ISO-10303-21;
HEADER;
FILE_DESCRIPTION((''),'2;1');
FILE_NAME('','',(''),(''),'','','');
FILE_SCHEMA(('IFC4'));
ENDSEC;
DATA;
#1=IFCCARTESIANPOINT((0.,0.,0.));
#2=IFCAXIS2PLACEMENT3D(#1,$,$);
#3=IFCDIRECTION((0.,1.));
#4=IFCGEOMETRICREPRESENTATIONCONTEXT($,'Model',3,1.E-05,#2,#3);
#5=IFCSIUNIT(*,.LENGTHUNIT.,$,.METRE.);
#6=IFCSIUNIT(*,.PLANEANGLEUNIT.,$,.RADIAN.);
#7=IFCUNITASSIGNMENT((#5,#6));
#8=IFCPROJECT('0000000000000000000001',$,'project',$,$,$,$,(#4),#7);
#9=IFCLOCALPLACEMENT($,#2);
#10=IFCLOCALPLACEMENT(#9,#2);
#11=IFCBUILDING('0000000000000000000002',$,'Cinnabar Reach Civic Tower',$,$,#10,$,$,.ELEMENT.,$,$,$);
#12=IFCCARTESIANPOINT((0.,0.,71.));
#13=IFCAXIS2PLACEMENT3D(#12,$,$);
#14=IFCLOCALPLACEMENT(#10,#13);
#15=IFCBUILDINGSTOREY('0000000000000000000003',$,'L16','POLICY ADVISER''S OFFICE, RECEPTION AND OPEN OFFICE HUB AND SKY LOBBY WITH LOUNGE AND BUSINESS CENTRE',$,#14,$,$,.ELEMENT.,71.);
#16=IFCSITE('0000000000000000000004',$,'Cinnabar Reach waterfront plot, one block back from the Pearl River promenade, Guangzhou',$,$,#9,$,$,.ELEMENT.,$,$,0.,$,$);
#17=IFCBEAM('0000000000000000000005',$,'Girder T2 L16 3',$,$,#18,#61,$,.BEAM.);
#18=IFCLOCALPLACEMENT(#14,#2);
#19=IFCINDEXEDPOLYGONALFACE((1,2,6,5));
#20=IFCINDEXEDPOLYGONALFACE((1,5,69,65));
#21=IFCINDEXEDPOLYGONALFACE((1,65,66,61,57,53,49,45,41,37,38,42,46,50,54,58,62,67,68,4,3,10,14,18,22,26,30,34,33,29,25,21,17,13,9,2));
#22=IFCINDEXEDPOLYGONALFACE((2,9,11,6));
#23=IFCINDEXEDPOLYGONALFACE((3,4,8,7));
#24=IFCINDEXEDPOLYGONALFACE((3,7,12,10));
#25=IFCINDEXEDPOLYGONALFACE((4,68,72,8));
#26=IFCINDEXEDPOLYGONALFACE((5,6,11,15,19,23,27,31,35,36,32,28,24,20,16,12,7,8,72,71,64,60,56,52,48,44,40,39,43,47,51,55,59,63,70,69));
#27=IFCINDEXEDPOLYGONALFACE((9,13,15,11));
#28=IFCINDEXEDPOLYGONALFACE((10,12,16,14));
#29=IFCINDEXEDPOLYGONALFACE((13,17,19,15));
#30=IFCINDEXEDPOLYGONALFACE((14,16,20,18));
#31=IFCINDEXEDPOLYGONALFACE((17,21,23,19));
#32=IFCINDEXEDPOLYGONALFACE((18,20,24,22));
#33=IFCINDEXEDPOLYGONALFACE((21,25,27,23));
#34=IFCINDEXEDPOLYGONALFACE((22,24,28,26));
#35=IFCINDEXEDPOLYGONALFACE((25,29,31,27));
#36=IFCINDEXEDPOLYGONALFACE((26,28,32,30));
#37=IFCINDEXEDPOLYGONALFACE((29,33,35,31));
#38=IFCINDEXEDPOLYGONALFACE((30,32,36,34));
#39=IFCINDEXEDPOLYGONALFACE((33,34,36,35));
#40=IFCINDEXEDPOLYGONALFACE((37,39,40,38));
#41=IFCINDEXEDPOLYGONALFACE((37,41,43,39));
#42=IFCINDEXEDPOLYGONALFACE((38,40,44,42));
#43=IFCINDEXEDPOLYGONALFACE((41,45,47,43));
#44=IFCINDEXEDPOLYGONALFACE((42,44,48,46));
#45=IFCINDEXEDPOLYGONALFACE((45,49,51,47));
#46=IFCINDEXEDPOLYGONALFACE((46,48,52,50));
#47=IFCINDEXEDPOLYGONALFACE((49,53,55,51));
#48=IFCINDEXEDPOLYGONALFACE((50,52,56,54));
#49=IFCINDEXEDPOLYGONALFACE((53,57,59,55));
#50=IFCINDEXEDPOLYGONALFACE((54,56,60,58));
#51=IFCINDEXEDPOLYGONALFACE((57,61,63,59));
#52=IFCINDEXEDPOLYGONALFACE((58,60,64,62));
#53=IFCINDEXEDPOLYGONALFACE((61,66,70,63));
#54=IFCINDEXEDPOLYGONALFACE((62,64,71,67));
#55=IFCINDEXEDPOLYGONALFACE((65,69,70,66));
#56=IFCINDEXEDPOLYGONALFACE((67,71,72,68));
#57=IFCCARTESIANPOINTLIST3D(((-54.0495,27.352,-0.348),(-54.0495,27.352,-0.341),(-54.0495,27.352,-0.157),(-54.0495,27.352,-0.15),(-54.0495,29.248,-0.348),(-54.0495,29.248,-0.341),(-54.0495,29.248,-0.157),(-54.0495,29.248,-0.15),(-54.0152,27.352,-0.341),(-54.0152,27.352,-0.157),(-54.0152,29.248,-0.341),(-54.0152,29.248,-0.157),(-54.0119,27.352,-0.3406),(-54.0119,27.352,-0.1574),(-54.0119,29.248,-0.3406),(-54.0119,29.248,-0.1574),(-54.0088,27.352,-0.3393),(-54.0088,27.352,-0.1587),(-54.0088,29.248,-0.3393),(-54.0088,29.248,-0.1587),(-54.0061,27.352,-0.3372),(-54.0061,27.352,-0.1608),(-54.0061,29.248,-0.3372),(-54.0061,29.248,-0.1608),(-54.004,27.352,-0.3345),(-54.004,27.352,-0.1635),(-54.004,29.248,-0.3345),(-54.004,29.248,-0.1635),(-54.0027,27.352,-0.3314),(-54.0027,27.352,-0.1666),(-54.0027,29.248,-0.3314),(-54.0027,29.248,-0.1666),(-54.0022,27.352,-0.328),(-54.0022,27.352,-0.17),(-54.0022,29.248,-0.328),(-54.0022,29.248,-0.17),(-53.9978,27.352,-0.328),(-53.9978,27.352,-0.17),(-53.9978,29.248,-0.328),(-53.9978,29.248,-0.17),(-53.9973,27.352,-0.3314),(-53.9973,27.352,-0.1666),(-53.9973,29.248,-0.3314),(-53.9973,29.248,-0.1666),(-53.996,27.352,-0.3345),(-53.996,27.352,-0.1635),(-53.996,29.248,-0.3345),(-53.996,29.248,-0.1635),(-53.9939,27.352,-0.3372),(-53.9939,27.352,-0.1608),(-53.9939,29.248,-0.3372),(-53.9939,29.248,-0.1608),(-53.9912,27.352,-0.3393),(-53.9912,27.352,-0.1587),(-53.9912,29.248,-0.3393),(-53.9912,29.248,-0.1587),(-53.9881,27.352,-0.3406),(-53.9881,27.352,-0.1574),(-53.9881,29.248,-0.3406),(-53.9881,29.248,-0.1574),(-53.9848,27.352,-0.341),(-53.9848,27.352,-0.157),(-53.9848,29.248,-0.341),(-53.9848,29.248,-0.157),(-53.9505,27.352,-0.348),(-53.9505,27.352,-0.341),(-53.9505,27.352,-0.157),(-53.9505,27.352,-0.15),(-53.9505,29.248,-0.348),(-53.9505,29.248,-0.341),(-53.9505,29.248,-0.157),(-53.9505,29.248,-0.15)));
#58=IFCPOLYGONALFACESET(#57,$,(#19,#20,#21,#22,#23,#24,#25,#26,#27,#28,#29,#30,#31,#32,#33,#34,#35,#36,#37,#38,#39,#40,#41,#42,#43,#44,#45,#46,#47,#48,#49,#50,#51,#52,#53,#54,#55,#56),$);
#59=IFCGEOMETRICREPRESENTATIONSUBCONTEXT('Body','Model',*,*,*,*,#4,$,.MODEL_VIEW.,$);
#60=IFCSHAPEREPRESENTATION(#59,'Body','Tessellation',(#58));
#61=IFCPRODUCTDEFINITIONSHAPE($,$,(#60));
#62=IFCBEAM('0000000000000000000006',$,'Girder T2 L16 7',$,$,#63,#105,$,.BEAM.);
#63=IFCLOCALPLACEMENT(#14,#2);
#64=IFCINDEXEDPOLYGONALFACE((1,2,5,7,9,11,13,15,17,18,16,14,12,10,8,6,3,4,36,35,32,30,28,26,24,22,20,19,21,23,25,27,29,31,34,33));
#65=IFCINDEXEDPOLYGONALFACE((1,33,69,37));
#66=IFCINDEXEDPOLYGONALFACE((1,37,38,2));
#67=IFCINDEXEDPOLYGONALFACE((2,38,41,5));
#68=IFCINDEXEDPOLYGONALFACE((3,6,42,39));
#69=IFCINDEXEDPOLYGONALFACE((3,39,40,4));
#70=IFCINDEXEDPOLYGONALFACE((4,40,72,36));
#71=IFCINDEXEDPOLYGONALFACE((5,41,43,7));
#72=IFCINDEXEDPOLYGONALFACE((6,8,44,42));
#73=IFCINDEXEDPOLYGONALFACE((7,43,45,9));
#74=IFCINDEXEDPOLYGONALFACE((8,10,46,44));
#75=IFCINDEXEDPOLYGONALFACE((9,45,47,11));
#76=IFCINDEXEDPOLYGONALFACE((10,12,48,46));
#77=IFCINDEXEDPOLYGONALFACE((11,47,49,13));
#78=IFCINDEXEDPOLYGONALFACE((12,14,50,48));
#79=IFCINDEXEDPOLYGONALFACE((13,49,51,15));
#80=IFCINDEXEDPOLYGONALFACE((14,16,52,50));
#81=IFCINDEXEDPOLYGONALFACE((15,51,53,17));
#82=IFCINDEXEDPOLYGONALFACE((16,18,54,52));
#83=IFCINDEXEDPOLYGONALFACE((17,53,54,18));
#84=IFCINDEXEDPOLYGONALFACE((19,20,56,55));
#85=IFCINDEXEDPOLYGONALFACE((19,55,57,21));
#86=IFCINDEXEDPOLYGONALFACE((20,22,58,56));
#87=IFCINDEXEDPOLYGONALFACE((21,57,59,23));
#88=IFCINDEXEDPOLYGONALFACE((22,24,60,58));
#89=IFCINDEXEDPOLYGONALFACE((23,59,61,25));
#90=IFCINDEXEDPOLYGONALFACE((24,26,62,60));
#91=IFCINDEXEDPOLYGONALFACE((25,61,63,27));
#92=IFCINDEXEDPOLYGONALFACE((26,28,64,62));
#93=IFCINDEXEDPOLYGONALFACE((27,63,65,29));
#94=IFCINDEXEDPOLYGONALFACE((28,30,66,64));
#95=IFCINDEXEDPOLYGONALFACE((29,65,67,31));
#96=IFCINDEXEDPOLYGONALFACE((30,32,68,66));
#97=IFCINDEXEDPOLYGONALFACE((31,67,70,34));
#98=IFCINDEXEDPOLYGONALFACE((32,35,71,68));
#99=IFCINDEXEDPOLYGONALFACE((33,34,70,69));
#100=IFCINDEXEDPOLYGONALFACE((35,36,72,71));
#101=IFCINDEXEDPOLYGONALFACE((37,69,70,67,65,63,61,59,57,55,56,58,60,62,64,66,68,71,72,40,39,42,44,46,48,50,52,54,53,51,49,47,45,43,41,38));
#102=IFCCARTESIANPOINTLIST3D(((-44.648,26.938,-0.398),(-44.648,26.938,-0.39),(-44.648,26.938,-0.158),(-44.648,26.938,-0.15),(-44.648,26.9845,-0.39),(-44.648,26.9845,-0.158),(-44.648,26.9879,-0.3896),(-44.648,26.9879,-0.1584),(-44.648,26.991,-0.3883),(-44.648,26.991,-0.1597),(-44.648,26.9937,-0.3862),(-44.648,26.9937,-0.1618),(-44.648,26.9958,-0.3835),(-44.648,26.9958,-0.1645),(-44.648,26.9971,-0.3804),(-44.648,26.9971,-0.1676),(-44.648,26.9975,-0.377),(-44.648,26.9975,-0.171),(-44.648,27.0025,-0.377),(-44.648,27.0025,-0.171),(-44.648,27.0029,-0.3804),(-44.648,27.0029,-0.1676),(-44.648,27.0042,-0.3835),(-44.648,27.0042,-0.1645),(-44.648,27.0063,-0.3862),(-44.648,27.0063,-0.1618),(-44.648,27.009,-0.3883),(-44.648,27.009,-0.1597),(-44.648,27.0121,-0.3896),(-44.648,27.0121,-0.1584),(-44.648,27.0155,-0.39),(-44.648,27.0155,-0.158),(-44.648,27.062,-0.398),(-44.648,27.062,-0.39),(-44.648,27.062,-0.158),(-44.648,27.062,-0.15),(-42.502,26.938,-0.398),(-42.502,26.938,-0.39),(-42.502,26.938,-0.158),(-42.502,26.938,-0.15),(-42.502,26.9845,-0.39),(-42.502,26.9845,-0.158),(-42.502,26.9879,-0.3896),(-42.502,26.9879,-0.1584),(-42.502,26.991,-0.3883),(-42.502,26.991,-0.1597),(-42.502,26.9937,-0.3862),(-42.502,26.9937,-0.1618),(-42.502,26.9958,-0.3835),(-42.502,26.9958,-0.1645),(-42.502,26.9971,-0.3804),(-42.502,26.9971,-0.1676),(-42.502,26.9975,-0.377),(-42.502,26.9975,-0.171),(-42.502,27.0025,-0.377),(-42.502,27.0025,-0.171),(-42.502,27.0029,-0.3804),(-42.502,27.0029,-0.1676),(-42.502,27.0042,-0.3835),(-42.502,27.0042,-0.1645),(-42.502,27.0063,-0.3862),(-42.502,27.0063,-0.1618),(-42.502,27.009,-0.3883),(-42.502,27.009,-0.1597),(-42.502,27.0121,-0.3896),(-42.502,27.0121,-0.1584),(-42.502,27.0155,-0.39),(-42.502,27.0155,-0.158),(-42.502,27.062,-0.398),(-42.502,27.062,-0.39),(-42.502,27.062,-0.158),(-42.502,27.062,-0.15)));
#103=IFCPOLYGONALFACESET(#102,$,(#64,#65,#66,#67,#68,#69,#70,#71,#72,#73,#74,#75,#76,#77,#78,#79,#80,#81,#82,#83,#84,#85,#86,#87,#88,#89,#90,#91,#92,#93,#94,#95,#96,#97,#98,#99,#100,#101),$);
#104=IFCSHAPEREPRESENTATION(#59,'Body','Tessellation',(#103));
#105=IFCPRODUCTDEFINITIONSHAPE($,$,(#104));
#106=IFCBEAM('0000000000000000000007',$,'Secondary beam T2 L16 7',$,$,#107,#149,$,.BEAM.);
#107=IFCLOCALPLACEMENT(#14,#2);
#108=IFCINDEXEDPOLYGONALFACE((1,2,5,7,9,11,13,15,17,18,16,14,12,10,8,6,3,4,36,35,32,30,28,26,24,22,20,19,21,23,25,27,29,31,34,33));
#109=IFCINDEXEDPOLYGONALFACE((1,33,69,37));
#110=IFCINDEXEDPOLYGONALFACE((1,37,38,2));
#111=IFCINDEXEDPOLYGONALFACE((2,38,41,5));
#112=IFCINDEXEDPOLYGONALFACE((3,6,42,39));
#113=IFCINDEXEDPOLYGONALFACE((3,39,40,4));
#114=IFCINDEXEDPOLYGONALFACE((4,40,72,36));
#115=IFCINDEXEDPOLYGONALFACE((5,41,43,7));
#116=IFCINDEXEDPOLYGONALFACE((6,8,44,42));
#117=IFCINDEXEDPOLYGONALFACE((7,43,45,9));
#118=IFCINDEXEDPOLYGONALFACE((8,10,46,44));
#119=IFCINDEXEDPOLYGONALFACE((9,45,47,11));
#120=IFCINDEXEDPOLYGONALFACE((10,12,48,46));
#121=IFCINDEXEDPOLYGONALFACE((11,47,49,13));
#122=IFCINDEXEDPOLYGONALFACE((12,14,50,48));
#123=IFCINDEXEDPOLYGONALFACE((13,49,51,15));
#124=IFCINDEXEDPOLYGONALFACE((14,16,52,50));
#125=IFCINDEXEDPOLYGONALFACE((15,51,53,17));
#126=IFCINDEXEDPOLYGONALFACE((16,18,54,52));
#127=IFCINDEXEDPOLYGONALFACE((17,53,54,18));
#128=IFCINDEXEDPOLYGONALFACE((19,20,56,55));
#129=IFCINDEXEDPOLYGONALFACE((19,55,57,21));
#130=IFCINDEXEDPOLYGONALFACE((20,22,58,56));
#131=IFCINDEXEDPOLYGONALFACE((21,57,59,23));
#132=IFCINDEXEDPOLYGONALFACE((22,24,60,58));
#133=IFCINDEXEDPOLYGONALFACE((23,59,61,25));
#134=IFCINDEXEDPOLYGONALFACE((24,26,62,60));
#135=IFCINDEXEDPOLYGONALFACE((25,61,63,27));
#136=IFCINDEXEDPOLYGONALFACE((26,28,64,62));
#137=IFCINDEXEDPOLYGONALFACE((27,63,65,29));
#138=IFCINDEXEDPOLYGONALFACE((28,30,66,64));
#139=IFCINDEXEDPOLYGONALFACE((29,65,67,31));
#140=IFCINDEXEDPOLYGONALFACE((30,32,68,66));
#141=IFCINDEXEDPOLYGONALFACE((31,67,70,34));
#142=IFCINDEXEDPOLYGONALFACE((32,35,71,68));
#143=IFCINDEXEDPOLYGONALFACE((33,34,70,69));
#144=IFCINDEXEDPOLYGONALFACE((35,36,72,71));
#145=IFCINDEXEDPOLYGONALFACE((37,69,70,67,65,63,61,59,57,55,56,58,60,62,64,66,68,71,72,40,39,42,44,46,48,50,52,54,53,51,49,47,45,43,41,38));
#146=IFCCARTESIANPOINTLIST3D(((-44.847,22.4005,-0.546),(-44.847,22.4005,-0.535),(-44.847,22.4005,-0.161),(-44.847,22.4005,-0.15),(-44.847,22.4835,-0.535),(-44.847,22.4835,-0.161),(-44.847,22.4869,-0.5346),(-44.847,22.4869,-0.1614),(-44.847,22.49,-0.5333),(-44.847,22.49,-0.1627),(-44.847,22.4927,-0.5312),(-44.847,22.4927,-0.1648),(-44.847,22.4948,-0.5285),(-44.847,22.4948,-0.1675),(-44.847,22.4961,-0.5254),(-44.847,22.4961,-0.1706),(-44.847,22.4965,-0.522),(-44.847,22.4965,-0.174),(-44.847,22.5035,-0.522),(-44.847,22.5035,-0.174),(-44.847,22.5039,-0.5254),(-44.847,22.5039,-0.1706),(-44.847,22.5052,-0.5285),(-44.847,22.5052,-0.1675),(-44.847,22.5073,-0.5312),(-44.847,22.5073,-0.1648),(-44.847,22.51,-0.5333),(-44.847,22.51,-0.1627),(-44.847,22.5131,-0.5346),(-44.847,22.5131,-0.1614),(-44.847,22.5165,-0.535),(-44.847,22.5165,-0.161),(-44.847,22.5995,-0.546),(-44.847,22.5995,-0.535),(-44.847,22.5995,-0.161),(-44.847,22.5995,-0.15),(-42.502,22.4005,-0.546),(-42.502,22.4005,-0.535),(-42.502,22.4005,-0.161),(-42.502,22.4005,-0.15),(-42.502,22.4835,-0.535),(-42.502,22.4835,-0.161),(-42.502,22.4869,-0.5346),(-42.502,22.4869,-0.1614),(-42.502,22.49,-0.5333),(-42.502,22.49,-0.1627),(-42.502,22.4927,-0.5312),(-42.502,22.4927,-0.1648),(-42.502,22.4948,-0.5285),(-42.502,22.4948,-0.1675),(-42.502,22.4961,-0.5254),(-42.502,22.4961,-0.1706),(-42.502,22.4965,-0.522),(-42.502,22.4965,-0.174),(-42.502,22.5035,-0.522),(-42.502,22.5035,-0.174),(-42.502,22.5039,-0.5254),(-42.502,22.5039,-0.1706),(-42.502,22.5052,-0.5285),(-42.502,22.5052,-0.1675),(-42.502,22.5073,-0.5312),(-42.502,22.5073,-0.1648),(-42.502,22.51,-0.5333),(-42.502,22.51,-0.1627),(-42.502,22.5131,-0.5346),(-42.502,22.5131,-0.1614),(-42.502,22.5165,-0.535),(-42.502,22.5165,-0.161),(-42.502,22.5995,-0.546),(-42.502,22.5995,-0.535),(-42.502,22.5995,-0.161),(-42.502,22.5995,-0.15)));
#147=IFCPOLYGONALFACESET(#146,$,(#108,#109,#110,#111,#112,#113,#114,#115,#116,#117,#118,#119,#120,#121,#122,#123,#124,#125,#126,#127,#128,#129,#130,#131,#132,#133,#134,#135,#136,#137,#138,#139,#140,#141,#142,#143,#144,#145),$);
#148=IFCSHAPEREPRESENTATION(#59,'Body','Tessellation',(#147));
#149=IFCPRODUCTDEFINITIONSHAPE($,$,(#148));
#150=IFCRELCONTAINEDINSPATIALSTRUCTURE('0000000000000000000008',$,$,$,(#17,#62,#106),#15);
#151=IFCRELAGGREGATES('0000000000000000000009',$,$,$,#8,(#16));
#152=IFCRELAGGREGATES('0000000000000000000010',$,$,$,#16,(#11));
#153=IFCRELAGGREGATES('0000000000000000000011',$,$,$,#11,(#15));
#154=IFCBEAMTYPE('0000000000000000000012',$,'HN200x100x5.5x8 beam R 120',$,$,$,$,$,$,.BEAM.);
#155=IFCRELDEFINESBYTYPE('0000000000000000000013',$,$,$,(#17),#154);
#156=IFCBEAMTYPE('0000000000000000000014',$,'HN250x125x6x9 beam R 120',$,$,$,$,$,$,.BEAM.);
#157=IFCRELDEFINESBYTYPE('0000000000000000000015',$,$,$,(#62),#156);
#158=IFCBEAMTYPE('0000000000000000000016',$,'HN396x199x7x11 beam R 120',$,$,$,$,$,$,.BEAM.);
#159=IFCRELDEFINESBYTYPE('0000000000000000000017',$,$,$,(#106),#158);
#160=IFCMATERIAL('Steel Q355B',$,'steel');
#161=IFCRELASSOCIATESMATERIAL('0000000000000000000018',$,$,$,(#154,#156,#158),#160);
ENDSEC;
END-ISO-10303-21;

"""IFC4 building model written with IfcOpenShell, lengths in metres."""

from ifc_helpers import new_model, si_unit, direction, frame, origin, origin_2d, place, context, subcontext, project, spatial, i_section, extrude, material, material_profile, profile_set, type_object, element, save


model = new_model("IFC4")

# Units and contexts
model_context = context("Model", 3, precision=1e-05, world=origin(), true_north=direction((0.0, 1.0)))
body_context = subcontext(model_context, "Body", "Model", "MODEL_VIEW")
ifc_project = project(units=[si_unit("LENGTHUNIT", "METRE"), si_unit("PLANEANGLEUNIT", "RADIAN")], contexts=[model_context])

# Site, building, storey
site_placement = place(None, origin())
site = spatial("IfcSite", under=ifc_project, at=site_placement, Name="Cinnabar Reach waterfront plot, one block back from the Pearl River promenade, Guangzhou", CompositionType="ELEMENT", RefElevation=0.0)
building_placement = place(site_placement, origin())
building = spatial("IfcBuilding", under=site, at=building_placement, Name="Cinnabar Reach Civic Tower", CompositionType="ELEMENT")
storey_placement = place(building_placement, frame((0.0, 0.0, 71.0)))
storey = spatial("IfcBuildingStorey", under=building, at=storey_placement, Name="L16", Description="POLICY ADVISER'S OFFICE, RECEPTION AND OPEN OFFICE HUB AND SKY LOBBY WITH LOUNGE AND BUSINESS CENTRE", CompositionType="ELEMENT", Elevation=71.0)

# Beams
ifc_material_1 = material(Name="Steel Q355B", Category="steel")
ifc_material_profile_1 = material_profile(ifc_material_1, i_section(OverallWidth=0.099, OverallDepth=0.198, WebThickness=0.0045, FlangeThickness=0.007, FilletRadius=0.013, at=origin_2d()), Name="HN200x100x5.5x8")
ifc_profile_set_1 = profile_set([ifc_material_profile_1], Name="Steel Q355B")
beam_type_1 = type_object("IfcBeamType", Name="HN200x100x5.5x8 beam R 120", PredefinedType="BEAM", material=ifc_profile_set_1)
beam_1_placement = place(storey_placement, frame((-54.0, 27.352, -0.249), z_axis=(0.0, 1.0, 0.0), x_axis=(-1.0, 0.0, 0.0)))
element("IfcBeam", 1, at=beam_1_placement, inside=storey, type_object=beam_type_1, Name="Girder T2 L16 3", PredefinedType="BEAM", context=body_context, shape_type="SweptSolid", body=[
    extrude(i_section(OverallWidth=0.099, OverallDepth=0.198, WebThickness=0.0045, FlangeThickness=0.007, FilletRadius=0.013, at=origin_2d()), origin(), (0.0, 0.0, 1.0), 1.896),
])
ifc_material_profile_2 = material_profile(ifc_material_1, i_section(OverallWidth=0.124, OverallDepth=0.248, WebThickness=0.005, FlangeThickness=0.008, FilletRadius=0.013, at=origin_2d()), Name="HN250x125x6x9")
ifc_profile_set_2 = profile_set([ifc_material_profile_2], Name="Steel Q355B")
beam_type_2 = type_object("IfcBeamType", Name="HN250x125x6x9 beam R 120", PredefinedType="BEAM", material=ifc_profile_set_2)
beam_2_placement = place(storey_placement, frame((-44.648, 27.0, -0.274), z_axis=(1.0, 0.0, 0.0), x_axis=(0.0, 1.0, 0.0)))
element("IfcBeam", 2, at=beam_2_placement, inside=storey, type_object=beam_type_2, Name="Girder T2 L16 7", PredefinedType="BEAM", context=body_context, shape_type="SweptSolid", body=[
    extrude(i_section(OverallWidth=0.124, OverallDepth=0.248, WebThickness=0.005, FlangeThickness=0.008, FilletRadius=0.013, at=origin_2d()), origin(), (0.0, 0.0, 1.0), 2.146),
])
ifc_material_profile_3 = material_profile(ifc_material_1, i_section(OverallWidth=0.199, OverallDepth=0.396, WebThickness=0.007, FlangeThickness=0.011, FilletRadius=0.013, at=origin_2d()), Name="HN396x199x7x11")
ifc_profile_set_3 = profile_set([ifc_material_profile_3], Name="Steel Q355B")
beam_type_3 = type_object("IfcBeamType", Name="HN396x199x7x11 beam R 120", PredefinedType="BEAM", material=ifc_profile_set_3)
beam_3_placement = place(storey_placement, frame((-44.847, 22.5, -0.348), z_axis=(1.0, 0.0, 0.0), x_axis=(0.0, 1.0, 0.0)))
element("IfcBeam", 3, at=beam_3_placement, inside=storey, type_object=beam_type_3, Name="Secondary beam T2 L16 7", PredefinedType="BEAM", context=body_context, shape_type="SweptSolid", body=[
    extrude(i_section(OverallWidth=0.199, OverallDepth=0.396, WebThickness=0.007, FlangeThickness=0.011, FilletRadius=0.013, at=origin_2d()), origin(), (0.0, 0.0, 1.0), 2.345),
])

save(model, "model.ifc")
